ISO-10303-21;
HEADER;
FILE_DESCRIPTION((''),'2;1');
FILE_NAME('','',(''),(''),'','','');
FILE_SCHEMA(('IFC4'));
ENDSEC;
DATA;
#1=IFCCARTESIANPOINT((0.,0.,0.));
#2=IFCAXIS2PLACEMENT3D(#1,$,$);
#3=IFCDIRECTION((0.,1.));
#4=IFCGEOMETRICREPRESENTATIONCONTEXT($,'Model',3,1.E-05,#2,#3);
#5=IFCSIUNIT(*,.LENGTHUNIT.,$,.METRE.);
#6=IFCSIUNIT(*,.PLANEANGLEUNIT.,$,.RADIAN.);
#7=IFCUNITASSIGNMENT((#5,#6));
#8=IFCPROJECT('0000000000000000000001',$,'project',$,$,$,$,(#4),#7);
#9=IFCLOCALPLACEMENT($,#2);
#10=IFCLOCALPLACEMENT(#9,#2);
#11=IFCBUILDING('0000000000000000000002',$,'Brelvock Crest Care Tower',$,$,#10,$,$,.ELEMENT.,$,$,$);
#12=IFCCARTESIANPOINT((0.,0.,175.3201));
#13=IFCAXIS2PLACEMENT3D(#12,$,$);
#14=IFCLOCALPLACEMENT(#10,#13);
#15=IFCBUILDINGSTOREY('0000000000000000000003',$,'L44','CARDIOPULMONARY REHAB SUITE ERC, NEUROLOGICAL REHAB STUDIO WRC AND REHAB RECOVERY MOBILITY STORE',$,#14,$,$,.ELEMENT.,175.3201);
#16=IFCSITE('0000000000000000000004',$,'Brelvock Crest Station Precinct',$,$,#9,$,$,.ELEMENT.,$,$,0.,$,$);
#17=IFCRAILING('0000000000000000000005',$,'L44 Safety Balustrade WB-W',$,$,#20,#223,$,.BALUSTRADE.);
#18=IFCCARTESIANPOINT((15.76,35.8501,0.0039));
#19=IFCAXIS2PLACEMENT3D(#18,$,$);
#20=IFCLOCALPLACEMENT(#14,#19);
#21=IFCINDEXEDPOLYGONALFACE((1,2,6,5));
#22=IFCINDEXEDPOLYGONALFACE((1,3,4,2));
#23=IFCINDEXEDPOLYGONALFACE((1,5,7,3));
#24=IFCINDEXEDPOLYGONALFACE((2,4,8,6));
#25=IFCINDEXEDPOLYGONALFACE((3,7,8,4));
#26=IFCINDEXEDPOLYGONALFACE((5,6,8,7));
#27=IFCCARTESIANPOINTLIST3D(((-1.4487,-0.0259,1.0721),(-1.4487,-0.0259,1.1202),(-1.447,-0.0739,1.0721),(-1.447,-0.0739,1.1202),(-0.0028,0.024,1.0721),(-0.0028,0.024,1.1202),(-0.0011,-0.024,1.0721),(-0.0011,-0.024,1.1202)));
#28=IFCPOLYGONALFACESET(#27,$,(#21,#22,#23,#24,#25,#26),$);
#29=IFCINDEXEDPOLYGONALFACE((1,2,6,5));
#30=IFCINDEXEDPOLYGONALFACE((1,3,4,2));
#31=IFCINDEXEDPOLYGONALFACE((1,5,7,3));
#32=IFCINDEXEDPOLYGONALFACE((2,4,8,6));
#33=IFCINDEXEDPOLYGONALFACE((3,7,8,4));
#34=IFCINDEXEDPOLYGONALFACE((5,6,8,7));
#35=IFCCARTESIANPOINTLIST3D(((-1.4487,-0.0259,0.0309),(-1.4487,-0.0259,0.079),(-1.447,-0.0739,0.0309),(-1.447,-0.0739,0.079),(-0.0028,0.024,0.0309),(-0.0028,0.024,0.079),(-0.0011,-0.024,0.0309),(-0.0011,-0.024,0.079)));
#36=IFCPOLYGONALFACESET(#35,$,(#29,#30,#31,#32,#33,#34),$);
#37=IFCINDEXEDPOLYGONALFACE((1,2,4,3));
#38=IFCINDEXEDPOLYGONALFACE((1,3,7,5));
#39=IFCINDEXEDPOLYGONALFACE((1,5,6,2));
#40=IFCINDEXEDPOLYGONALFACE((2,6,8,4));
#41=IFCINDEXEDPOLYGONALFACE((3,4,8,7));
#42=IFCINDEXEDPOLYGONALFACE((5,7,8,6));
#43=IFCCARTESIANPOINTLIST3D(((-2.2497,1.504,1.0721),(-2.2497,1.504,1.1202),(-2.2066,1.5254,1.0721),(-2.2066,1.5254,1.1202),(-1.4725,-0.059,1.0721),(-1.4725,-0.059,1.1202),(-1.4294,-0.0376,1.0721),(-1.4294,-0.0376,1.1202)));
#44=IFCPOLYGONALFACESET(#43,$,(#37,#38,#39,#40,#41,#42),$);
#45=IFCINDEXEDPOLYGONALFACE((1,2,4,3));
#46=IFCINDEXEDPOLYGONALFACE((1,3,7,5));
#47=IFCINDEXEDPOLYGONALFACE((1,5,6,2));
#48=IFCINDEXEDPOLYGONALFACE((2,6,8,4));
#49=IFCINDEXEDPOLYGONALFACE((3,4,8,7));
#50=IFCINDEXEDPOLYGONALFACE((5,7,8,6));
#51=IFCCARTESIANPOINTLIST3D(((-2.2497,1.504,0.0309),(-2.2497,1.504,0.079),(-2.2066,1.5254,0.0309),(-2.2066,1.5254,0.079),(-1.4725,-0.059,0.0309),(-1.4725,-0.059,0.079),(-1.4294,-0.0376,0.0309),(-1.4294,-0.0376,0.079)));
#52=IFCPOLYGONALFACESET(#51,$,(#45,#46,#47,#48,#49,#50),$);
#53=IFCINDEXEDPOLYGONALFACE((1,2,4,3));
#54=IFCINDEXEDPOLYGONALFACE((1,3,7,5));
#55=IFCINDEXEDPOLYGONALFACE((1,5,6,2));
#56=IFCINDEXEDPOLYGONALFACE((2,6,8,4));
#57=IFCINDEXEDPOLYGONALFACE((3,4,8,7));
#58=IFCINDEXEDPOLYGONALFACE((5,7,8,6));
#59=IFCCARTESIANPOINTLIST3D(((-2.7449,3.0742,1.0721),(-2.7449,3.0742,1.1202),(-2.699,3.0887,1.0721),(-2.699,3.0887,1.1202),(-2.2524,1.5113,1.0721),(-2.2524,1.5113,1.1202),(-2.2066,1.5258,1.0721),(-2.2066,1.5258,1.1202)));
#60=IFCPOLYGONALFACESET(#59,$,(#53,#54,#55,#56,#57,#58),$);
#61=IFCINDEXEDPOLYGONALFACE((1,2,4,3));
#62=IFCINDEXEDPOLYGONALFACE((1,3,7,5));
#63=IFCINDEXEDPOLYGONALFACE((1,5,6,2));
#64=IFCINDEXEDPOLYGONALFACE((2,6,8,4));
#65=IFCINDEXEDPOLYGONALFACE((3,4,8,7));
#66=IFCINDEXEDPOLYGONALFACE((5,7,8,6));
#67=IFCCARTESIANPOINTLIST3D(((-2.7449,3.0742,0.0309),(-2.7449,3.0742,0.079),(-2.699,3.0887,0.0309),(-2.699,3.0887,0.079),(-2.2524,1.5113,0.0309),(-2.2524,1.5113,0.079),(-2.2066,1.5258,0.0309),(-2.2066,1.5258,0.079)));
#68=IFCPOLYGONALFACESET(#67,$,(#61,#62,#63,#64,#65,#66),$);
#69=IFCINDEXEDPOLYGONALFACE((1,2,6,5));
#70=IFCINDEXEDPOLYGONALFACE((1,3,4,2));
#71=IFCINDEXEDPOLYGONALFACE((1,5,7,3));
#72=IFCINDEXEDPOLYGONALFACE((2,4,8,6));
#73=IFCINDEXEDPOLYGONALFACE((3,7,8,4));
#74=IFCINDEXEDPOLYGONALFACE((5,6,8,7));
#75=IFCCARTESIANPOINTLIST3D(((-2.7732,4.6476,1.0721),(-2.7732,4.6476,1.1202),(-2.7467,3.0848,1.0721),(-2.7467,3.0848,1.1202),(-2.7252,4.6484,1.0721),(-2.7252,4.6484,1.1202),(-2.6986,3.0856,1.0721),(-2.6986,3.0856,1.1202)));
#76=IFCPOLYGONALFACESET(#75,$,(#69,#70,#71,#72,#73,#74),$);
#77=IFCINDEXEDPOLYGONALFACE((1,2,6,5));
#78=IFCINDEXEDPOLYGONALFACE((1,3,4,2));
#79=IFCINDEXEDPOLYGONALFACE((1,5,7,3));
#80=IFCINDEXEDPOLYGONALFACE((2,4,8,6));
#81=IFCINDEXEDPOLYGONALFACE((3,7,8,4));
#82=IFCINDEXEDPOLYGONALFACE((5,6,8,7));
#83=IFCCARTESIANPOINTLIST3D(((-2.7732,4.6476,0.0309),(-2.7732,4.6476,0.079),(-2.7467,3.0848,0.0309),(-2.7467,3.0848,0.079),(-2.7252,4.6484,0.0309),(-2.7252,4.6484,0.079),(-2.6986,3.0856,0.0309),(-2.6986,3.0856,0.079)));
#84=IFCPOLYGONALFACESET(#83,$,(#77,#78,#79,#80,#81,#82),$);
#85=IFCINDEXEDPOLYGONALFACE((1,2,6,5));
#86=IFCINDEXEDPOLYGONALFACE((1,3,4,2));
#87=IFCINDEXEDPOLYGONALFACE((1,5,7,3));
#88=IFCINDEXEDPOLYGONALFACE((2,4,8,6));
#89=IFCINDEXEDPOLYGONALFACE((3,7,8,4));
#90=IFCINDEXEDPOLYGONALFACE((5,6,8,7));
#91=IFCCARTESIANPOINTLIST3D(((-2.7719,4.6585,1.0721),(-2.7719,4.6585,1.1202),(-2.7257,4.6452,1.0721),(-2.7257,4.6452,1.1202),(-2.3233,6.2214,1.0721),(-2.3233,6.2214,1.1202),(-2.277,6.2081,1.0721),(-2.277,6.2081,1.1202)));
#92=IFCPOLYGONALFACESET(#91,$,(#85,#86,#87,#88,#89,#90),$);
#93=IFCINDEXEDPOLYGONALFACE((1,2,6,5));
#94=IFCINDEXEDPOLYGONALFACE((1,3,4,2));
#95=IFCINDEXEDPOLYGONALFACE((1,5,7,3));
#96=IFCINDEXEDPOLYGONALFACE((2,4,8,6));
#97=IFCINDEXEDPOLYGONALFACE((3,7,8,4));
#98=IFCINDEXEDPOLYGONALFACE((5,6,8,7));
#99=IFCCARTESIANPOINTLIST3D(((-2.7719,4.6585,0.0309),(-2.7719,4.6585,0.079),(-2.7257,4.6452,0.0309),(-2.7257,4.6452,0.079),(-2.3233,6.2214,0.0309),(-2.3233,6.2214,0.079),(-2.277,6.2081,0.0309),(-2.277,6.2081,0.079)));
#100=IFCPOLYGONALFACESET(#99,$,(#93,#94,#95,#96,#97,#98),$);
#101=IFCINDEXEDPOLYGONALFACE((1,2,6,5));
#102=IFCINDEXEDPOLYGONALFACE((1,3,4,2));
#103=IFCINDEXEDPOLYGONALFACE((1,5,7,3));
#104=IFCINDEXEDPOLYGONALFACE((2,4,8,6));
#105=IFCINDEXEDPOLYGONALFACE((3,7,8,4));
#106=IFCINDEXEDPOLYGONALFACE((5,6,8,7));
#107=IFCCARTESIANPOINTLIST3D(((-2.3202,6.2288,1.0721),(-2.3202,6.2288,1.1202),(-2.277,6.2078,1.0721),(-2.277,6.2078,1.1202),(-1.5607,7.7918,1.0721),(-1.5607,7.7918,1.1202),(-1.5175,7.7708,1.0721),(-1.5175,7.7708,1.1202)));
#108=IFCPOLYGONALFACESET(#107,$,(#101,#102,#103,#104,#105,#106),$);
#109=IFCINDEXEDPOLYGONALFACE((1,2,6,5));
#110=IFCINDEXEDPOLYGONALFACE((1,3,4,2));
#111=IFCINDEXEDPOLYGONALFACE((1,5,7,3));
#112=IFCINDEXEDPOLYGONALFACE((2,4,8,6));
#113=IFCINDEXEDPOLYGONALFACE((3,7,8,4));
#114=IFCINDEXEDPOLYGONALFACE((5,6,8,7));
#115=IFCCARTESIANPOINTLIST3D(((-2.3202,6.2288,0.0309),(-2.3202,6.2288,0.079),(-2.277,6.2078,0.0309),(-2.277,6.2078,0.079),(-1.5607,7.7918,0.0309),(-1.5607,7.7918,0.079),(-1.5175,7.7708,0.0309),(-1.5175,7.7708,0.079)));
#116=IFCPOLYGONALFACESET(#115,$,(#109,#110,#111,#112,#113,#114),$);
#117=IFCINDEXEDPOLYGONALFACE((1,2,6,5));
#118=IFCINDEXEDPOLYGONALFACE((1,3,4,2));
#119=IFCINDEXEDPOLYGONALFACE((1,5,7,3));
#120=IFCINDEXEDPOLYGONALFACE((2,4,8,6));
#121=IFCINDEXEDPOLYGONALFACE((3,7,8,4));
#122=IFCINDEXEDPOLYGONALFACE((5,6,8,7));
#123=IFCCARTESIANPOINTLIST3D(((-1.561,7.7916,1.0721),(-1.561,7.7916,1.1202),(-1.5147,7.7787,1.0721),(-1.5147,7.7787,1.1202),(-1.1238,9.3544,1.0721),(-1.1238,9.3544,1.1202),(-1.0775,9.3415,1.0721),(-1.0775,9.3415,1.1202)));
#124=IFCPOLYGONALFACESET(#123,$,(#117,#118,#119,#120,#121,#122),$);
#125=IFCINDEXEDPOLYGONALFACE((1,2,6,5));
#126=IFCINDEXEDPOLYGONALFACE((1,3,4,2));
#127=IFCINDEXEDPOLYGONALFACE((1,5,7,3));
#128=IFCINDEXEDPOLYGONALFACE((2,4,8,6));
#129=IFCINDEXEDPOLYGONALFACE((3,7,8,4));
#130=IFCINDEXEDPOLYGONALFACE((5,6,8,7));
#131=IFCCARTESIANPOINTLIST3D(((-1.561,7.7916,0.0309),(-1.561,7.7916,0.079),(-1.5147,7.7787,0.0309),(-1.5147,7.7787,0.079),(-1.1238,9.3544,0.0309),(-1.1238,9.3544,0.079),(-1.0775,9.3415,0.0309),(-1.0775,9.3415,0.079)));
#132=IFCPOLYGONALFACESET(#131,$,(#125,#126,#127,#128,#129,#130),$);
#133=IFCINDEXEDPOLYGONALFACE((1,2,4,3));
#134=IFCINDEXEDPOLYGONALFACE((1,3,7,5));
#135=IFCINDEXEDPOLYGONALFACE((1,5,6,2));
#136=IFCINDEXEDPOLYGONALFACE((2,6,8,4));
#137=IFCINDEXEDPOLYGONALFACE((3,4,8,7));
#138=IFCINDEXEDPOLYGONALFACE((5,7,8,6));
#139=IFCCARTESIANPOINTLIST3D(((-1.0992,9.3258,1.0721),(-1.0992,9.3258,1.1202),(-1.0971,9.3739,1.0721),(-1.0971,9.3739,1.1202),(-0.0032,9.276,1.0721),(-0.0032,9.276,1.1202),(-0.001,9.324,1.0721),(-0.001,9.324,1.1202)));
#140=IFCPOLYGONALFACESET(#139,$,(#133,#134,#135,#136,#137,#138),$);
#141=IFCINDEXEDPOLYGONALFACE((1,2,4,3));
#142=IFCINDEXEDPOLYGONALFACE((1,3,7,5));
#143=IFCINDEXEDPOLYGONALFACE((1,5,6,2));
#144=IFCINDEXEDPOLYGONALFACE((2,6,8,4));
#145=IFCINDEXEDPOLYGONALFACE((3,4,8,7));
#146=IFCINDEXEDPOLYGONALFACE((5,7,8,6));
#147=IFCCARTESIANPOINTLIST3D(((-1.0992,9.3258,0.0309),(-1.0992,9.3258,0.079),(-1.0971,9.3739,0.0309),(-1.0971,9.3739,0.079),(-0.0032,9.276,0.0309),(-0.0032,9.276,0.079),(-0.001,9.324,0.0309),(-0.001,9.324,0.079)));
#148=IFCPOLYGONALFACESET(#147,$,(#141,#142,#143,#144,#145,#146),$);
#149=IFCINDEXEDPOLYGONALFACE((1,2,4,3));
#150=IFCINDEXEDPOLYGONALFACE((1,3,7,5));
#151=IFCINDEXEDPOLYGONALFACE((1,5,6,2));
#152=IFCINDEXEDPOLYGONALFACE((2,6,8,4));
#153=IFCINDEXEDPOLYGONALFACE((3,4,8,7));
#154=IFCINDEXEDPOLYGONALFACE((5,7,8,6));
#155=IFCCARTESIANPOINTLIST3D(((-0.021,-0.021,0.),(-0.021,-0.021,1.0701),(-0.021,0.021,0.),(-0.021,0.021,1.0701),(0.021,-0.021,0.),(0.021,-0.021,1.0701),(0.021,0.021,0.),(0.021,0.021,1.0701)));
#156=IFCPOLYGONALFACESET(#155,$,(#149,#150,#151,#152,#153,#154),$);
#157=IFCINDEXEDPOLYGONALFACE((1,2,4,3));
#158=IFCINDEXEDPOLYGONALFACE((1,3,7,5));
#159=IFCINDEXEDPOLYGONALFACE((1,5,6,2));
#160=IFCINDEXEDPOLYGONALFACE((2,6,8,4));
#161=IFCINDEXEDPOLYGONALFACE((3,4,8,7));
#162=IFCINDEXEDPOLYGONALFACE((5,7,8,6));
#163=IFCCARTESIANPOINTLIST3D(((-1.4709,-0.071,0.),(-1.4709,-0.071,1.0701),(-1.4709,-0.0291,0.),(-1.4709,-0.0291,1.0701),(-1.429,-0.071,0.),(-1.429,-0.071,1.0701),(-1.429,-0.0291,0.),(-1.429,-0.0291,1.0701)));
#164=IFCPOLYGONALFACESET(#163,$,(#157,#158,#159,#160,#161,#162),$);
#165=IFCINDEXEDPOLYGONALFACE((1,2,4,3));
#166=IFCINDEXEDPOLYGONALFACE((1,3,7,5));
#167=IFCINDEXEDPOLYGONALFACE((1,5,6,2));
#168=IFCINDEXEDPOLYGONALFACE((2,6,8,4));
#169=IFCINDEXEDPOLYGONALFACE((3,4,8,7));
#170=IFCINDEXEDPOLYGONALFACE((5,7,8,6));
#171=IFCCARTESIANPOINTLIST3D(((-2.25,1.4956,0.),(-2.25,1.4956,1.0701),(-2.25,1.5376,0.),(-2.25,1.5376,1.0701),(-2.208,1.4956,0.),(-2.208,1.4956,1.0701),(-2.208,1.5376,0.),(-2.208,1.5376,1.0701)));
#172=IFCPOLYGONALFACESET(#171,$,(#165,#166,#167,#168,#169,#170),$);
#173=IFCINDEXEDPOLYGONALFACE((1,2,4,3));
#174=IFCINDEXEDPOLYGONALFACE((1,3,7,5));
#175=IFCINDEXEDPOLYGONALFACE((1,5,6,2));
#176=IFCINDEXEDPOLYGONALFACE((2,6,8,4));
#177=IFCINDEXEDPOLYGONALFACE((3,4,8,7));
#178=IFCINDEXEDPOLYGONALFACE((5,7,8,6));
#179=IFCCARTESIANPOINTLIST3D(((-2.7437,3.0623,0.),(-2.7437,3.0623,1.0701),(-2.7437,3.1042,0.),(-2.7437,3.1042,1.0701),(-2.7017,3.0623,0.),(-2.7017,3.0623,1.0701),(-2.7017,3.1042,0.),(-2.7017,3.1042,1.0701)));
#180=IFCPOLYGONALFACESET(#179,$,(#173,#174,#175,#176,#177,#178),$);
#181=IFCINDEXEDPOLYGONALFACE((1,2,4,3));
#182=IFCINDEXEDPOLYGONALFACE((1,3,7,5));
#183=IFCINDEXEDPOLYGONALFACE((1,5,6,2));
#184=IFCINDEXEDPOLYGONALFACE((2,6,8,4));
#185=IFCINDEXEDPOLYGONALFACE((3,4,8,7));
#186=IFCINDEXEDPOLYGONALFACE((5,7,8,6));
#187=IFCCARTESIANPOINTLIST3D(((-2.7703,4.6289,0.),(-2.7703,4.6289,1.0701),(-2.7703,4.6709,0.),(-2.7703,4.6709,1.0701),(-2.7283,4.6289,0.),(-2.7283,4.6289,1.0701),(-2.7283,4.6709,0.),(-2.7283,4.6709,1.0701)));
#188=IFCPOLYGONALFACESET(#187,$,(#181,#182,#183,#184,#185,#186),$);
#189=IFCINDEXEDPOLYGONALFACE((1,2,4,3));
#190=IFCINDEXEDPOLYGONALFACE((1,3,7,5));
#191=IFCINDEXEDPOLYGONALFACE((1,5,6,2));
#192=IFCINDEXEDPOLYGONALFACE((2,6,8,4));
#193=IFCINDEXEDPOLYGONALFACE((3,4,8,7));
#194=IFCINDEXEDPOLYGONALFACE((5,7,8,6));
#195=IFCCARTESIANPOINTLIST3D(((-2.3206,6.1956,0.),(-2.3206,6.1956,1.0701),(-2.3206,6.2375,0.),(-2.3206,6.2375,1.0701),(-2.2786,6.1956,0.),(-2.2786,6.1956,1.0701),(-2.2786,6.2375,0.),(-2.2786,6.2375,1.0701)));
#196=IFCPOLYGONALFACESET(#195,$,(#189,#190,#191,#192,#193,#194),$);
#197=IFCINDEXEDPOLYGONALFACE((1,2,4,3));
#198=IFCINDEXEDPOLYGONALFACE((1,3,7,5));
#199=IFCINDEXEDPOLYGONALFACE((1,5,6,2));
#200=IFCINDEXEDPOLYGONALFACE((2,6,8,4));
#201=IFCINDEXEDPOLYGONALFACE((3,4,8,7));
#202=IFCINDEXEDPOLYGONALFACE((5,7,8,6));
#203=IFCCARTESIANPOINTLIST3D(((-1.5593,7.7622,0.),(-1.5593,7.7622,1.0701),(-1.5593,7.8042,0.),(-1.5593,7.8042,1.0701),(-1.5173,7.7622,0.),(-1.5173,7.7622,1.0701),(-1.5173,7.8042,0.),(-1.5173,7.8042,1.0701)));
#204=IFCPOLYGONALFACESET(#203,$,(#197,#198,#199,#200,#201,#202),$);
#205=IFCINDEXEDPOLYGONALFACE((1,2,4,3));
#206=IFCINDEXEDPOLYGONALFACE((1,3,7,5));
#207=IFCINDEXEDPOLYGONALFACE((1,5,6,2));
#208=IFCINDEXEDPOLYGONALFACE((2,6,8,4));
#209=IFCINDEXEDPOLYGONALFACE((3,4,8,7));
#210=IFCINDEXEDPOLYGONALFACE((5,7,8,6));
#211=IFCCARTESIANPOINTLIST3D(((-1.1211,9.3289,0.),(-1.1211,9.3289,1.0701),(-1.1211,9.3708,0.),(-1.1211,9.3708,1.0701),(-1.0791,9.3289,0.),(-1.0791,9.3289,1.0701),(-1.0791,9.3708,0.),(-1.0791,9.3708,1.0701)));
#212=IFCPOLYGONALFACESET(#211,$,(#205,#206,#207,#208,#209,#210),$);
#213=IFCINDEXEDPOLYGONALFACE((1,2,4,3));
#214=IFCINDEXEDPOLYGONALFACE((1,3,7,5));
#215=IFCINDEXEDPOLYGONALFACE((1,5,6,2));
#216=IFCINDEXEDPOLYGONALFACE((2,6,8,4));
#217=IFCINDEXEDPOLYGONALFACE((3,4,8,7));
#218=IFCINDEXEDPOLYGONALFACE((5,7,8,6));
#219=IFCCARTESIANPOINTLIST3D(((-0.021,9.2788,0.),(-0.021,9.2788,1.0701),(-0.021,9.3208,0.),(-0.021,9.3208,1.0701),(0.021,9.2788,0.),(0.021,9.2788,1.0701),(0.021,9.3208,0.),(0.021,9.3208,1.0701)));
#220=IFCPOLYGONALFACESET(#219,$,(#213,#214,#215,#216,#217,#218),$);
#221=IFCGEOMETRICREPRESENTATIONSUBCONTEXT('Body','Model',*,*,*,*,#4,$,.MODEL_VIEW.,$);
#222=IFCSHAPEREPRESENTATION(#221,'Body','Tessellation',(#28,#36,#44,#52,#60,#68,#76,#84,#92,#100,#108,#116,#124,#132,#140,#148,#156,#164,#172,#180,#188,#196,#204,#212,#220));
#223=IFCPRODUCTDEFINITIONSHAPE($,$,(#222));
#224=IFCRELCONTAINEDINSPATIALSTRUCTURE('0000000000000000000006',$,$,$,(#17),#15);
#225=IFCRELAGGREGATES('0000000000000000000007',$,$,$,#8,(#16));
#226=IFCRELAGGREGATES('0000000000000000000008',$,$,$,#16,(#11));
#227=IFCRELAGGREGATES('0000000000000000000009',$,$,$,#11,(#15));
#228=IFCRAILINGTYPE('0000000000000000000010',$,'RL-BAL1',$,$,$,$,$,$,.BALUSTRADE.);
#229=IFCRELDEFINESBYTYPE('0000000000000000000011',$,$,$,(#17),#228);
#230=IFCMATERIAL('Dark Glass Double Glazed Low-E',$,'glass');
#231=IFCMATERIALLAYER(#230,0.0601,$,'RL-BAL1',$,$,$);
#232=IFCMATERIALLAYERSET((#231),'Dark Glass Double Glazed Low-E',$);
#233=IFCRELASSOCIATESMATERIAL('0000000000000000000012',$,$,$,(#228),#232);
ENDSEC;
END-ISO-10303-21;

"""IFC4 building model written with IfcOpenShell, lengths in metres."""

from ifc_helpers import new_model, si_unit, direction, frame, origin, origin_2d, place, context, subcontext, project, spatial, rectangle, extrude, material, layer, layer_set, type_object, element, save


model = new_model("IFC4")

# Units and contexts
model_context = context("Model", 3, precision=1e-05, world=origin(), true_north=direction((0.0, 1.0)))
body_context = subcontext(model_context, "Body", "Model", "MODEL_VIEW")
ifc_project = project(units=[si_unit("LENGTHUNIT", "METRE"), si_unit("PLANEANGLEUNIT", "RADIAN")], contexts=[model_context])

# Site, building, storey
site_placement = place(None, origin())
site = spatial("IfcSite", under=ifc_project, at=site_placement, Name="Brelvock Crest Station Precinct", CompositionType="ELEMENT", RefElevation=0.0)
building_placement = place(site_placement, origin())
building = spatial("IfcBuilding", under=site, at=building_placement, Name="Brelvock Crest Care Tower", CompositionType="ELEMENT")
storey_placement = place(building_placement, frame((0.0, 0.0, 175.3201)))
storey = spatial("IfcBuildingStorey", under=building, at=storey_placement, Name="L44", Description="CARDIOPULMONARY REHAB SUITE ERC, NEUROLOGICAL REHAB STUDIO WRC AND REHAB RECOVERY MOBILITY STORE", CompositionType="ELEMENT", Elevation=175.3201)

# Shared definitions
ifc_material_1 = material(Name="Dark Glass Double Glazed Low-E", Category="glass")

# Railing
ifc_layer_1 = layer(ifc_material_1, 0.0601, Name="RL-BAL1")
ifc_layer_set_1 = layer_set([ifc_layer_1], Name="Dark Glass Double Glazed Low-E")
railing_type = type_object("IfcRailingType", Name="RL-BAL1", PredefinedType="BALUSTRADE", material=ifc_layer_set_1)
railing_placement = place(storey_placement, frame((15.76, 35.8501, 0.0039)))
element("IfcRailing", 1, at=railing_placement, inside=storey, type_object=railing_type, Name="L44 Safety Balustrade WB-W", PredefinedType="BALUSTRADE", context=body_context, shape_type="SweptSolid", body=[
    extrude(rectangle(XDim=0.0481, YDim=0.0481, at=origin_2d()), frame((-0.002, 0.0, 1.0962), z_axis=(-0.999405, -0.034497, 0.0), x_axis=(0.034497, -0.999405, 0.0)), (0.0, 0.0, 1.0), 1.4468),
    extrude(rectangle(XDim=0.0481, YDim=0.0481, at=origin_2d()), frame((-0.002, 0.0, 0.0549), z_axis=(-0.999405, -0.034497, 0.0), x_axis=(0.034497, -0.999405, 0.0)), (0.0, 0.0, 1.0), 1.4468),
    extrude(rectangle(XDim=0.0481, YDim=0.0481, at=origin_2d()), frame((-1.4509, -0.0483, 1.0962), z_axis=(-0.445259, 0.895402, 0.0), x_axis=(-0.895402, -0.445259, 0.0)), (0.0, 0.0, 1.0), 1.7456),
    extrude(rectangle(XDim=0.0481, YDim=0.0481, at=origin_2d()), frame((-1.4509, -0.0483, 0.0549), z_axis=(-0.445259, 0.895402, 0.0), x_axis=(-0.895402, -0.445259, 0.0)), (0.0, 0.0, 1.0), 1.7456),
    extrude(rectangle(XDim=0.0481, YDim=0.0481, at=origin_2d()), frame((-2.2295, 1.5186, 1.0962), z_axis=(-0.300534, 0.953771, 0.0), x_axis=(-0.953771, -0.300534, 0.0)), (0.0, 0.0, 1.0), 1.6387),
    extrude(rectangle(XDim=0.0481, YDim=0.0481, at=origin_2d()), frame((-2.2295, 1.5186, 0.0549), z_axis=(-0.300534, 0.953771, 0.0), x_axis=(-0.953771, -0.300534, 0.0)), (0.0, 0.0, 1.0), 1.6387),
    extrude(rectangle(XDim=0.0481, YDim=0.0481, at=origin_2d()), frame((-2.7227, 3.0852, 1.0962), z_axis=(-0.016984, 0.999856, 0.0), x_axis=(-0.999856, -0.016984, 0.0)), (0.0, 0.0, 1.0), 1.563),
    extrude(rectangle(XDim=0.0481, YDim=0.0481, at=origin_2d()), frame((-2.7227, 3.0852, 0.0549), z_axis=(-0.016984, 0.999856, 0.0), x_axis=(-0.999856, -0.016984, 0.0)), (0.0, 0.0, 1.0), 1.563),
    extrude(rectangle(XDim=0.0481, YDim=0.0481, at=origin_2d()), frame((-2.7488, 4.6519, 1.0962), z_axis=(0.275908, 0.961184, 0.0), x_axis=(-0.961184, 0.275908, 0.0)), (0.0, 0.0, 1.0), 1.626),
    extrude(rectangle(XDim=0.0481, YDim=0.0481, at=origin_2d()), frame((-2.7488, 4.6519, 0.0549), z_axis=(0.275908, 0.961184, 0.0), x_axis=(-0.961184, 0.275908, 0.0)), (0.0, 0.0, 1.0), 1.626),
    extrude(rectangle(XDim=0.0481, YDim=0.0481, at=origin_2d()), frame((-2.2986, 6.2183, 1.0962), z_axis=(0.437037, 0.899444, 0.0), x_axis=(-0.899444, 0.437037, 0.0)), (0.0, 0.0, 1.0), 1.7378),
    extrude(rectangle(XDim=0.0481, YDim=0.0481, at=origin_2d()), frame((-2.2986, 6.2183, 0.0549), z_axis=(0.437037, 0.899444, 0.0), x_axis=(-0.899444, 0.437037, 0.0)), (0.0, 0.0, 1.0), 1.7378),
    extrude(rectangle(XDim=0.0481, YDim=0.0481, at=origin_2d()), frame((-1.5378, 7.7852, 1.0962), z_axis=(0.269385, 0.963033, 0.0), x_axis=(-0.963033, 0.269385, 0.0)), (0.0, 0.0, 1.0), 1.6228),
    extrude(rectangle(XDim=0.0481, YDim=0.0481, at=origin_2d()), frame((-1.5378, 7.7852, 0.0549), z_axis=(0.269385, 0.963033, 0.0), x_axis=(-0.963033, 0.269385, 0.0)), (0.0, 0.0, 1.0), 1.6228),
    extrude(rectangle(XDim=0.0481, YDim=0.0481, at=origin_2d()), frame((-1.0981, 9.3499, 1.0962), z_axis=(0.998967, -0.045448, 0.0), x_axis=(0.045448, 0.998967, 0.0)), (0.0, 0.0, 1.0), 1.0972),
    extrude(rectangle(XDim=0.0481, YDim=0.0481, at=origin_2d()), frame((-1.0981, 9.3499, 0.0549), z_axis=(0.998967, -0.045448, 0.0), x_axis=(0.045448, 0.998967, 0.0)), (0.0, 0.0, 1.0), 1.0972),
    extrude(rectangle(XDim=0.042, YDim=0.042, at=origin_2d()), origin(), (0.0, 0.0, 1.0), 1.0701),
    extrude(rectangle(XDim=0.042, YDim=0.042, at=origin_2d()), frame((-1.45, -0.05, 0.0)), (0.0, 0.0, 1.0), 1.0701),
    extrude(rectangle(XDim=0.042, YDim=0.042, at=origin_2d()), frame((-2.229, 1.5166, 0.0)), (0.0, 0.0, 1.0), 1.0701),
    extrude(rectangle(XDim=0.042, YDim=0.042, at=origin_2d()), frame((-2.7227, 3.0833, 0.0)), (0.0, 0.0, 1.0), 1.0701),
    extrude(rectangle(XDim=0.042, YDim=0.042, at=origin_2d()), frame((-2.7493, 4.6499, 0.0)), (0.0, 0.0, 1.0), 1.0701),
    extrude(rectangle(XDim=0.042, YDim=0.042, at=origin_2d()), frame((-2.2996, 6.2166, 0.0)), (0.0, 0.0, 1.0), 1.0701),
    extrude(rectangle(XDim=0.042, YDim=0.042, at=origin_2d()), frame((-1.5383, 7.7832, 0.0)), (0.0, 0.0, 1.0), 1.0701),
    extrude(rectangle(XDim=0.042, YDim=0.042, at=origin_2d()), frame((-1.1001, 9.3499, 0.0)), (0.0, 0.0, 1.0), 1.0701),
    extrude(rectangle(XDim=0.042, YDim=0.042, at=origin_2d()), frame((0.0, 9.2998, 0.0)), (0.0, 0.0, 1.0), 1.0701),
])

save(model, "model.ifc")
